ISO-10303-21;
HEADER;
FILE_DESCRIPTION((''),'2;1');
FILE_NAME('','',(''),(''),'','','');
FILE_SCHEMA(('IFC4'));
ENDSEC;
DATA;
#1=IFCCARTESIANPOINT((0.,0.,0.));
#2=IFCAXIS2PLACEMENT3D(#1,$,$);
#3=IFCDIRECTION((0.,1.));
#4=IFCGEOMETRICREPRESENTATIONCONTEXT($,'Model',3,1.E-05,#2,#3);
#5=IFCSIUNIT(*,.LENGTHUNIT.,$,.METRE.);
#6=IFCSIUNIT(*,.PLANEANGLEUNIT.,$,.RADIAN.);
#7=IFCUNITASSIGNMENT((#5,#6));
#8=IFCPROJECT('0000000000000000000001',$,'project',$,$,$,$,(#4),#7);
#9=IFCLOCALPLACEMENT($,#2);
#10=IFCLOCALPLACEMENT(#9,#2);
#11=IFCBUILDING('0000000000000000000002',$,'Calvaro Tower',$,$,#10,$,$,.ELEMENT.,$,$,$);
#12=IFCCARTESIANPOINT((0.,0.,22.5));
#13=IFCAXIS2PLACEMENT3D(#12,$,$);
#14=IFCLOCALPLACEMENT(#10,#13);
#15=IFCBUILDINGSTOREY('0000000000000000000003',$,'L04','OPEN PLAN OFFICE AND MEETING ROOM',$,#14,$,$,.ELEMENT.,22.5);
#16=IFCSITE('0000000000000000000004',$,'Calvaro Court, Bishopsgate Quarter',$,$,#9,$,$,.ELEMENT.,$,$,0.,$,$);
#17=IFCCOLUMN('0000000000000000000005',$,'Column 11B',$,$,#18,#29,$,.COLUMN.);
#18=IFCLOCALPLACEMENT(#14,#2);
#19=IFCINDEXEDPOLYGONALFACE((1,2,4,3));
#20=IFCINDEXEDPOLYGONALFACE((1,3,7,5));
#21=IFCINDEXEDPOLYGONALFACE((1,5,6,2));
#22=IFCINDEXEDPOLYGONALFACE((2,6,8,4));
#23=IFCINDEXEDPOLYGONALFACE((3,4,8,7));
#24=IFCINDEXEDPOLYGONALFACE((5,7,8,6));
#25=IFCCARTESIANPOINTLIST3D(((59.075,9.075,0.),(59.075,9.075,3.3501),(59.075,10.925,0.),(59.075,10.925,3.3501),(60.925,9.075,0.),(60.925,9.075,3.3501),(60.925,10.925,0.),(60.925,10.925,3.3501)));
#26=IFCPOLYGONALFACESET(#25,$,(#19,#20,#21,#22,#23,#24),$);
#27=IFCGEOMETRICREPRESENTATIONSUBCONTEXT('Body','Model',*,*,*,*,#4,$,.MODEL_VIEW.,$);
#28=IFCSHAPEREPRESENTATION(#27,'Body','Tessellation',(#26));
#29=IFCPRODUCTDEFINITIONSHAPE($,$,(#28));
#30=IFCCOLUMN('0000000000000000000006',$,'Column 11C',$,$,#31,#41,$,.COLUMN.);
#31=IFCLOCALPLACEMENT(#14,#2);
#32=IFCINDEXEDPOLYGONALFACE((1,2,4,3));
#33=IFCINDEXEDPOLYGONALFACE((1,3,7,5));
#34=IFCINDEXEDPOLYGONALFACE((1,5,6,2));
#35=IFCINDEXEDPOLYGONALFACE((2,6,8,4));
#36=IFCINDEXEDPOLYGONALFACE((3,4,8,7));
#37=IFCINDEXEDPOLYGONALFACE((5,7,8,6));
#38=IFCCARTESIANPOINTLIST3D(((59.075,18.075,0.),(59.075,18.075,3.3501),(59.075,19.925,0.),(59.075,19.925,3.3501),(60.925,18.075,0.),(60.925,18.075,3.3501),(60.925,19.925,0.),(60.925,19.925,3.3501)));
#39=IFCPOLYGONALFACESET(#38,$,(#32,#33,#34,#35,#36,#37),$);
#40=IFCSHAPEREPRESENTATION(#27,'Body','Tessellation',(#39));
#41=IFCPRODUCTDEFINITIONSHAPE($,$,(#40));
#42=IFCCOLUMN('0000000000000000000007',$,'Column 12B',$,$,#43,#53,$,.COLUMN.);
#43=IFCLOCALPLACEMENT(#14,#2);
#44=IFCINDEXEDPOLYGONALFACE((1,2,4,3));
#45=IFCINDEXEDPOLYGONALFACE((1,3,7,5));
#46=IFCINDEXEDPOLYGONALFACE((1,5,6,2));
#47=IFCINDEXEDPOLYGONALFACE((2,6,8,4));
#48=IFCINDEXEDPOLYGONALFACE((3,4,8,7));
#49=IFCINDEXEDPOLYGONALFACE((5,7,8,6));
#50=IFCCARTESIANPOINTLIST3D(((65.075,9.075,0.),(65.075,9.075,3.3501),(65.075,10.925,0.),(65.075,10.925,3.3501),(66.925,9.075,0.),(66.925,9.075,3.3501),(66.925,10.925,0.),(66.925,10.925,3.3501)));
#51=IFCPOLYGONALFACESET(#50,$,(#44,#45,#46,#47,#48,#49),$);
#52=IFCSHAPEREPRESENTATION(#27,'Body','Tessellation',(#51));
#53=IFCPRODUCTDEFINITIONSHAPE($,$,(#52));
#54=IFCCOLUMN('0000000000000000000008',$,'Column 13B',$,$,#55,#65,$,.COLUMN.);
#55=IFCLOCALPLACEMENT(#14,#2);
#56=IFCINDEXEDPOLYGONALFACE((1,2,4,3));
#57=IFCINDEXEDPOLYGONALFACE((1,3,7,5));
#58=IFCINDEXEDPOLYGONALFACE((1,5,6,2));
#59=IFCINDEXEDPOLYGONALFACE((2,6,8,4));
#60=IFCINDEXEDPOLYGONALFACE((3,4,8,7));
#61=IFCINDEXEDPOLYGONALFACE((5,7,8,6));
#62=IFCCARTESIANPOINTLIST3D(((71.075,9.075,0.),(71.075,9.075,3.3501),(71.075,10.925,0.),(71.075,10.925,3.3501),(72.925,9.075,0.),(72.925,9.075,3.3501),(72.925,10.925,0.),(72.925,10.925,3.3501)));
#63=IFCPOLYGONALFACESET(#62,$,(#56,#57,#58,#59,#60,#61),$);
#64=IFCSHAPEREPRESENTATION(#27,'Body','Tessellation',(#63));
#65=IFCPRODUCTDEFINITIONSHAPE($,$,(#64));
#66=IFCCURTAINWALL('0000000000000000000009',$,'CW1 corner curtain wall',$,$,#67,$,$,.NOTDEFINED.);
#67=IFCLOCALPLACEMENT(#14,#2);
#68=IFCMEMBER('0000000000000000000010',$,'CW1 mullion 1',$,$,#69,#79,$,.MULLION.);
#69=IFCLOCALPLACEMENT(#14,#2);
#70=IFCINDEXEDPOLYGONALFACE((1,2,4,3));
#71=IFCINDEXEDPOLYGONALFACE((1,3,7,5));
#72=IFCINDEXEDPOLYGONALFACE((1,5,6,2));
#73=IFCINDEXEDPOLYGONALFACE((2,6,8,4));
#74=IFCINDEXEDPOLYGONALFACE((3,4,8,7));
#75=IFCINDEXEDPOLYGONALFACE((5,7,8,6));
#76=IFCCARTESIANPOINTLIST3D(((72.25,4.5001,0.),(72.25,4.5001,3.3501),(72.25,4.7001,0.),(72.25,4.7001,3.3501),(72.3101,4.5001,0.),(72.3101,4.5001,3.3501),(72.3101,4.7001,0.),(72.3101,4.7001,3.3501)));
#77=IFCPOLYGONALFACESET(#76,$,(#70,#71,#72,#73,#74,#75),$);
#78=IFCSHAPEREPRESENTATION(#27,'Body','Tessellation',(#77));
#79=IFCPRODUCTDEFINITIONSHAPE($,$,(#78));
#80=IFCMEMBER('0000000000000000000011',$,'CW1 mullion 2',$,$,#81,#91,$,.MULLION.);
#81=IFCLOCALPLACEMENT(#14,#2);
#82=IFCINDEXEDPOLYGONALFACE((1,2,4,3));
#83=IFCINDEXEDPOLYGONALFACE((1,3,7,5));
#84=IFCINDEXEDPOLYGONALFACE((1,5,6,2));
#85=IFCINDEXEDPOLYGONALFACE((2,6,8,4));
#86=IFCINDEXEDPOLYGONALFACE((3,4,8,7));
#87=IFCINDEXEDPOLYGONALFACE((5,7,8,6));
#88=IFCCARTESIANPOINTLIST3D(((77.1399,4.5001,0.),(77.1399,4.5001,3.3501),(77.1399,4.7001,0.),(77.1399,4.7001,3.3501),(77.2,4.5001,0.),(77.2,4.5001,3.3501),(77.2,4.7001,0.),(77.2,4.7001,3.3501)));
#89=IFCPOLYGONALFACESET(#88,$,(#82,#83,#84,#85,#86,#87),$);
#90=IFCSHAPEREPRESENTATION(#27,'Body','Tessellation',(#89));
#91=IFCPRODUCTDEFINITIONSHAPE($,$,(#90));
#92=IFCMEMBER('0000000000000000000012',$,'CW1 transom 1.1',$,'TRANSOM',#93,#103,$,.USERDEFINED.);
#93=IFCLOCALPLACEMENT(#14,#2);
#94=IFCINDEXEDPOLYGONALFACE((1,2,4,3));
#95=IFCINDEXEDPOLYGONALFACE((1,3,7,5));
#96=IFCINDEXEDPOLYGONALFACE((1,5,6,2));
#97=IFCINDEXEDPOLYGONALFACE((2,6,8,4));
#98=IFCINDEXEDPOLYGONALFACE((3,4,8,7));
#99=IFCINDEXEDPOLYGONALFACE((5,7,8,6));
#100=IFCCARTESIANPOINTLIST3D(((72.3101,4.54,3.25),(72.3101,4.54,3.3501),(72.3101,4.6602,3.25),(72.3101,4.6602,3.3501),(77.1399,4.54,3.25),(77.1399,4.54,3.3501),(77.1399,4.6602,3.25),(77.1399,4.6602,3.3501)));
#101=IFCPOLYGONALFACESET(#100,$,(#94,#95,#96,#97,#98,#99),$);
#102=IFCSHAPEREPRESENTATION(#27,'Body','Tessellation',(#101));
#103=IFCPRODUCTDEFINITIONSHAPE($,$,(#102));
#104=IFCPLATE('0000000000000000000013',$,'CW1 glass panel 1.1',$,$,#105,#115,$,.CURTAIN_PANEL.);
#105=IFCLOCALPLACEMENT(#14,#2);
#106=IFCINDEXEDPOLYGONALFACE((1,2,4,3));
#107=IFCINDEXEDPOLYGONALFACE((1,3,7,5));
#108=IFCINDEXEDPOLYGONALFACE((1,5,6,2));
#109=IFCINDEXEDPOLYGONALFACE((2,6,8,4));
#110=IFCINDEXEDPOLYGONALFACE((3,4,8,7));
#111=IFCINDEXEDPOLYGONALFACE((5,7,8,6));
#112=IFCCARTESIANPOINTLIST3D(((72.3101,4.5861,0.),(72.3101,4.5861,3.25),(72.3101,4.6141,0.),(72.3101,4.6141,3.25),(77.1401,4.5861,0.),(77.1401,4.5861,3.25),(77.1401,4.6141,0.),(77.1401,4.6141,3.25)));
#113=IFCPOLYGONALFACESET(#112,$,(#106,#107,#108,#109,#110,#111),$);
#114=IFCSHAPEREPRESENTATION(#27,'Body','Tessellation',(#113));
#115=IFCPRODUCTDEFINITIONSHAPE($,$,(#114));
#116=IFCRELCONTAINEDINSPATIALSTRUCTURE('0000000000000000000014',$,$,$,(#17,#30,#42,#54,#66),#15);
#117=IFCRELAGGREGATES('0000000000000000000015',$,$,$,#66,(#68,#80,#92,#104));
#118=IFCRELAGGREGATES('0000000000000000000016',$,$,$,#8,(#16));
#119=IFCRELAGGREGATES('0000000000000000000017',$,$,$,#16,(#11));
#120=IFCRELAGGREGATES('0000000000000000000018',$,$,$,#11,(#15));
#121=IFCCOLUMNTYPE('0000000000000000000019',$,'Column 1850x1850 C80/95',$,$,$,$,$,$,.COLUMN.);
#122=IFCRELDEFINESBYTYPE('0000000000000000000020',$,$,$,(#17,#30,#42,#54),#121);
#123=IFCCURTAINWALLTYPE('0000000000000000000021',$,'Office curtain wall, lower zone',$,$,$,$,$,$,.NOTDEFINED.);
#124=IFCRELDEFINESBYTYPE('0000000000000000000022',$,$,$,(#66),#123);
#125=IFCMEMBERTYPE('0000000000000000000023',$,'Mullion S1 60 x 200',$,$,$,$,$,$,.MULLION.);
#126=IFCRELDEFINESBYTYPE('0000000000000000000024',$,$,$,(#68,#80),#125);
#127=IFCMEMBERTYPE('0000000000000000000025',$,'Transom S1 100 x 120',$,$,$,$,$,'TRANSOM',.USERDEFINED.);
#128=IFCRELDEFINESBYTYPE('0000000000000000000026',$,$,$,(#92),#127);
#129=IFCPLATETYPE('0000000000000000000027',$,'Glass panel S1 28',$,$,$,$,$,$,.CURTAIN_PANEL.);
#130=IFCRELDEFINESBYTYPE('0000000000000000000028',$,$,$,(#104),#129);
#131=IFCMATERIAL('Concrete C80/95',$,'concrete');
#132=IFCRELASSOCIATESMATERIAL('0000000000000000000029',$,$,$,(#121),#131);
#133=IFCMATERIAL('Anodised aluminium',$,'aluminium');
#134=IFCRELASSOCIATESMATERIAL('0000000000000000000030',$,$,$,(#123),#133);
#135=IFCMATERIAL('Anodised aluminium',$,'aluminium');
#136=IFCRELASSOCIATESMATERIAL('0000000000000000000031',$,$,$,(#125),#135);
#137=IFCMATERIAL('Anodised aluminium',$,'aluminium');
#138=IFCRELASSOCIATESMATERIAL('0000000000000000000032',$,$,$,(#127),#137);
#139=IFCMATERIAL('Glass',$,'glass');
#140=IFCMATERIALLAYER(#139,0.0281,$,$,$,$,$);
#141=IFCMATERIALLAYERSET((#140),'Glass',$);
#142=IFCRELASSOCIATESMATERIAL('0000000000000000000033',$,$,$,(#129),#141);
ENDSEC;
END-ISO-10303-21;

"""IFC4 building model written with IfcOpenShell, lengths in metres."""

from ifc_helpers import new_model, si_unit, direction, frame, origin, origin_2d, place, context, subcontext, project, spatial, rectangle, extrude, material, layer, layer_set, material_profile, profile_set, type_object, element, aggregate, save


model = new_model("IFC4")

# Units and contexts
model_context = context("Model", 3, precision=1e-05, world=origin(), true_north=direction((0.0, 1.0)))
body_context = subcontext(model_context, "Body", "Model", "MODEL_VIEW")
ifc_project = project(units=[si_unit("LENGTHUNIT", "METRE"), si_unit("PLANEANGLEUNIT", "RADIAN")], contexts=[model_context])

# Site, building, storey
site_placement = place(None, origin())
site = spatial("IfcSite", under=ifc_project, at=site_placement, Name="Calvaro Court, Bishopsgate Quarter", CompositionType="ELEMENT", RefElevation=0.0)
building_placement = place(site_placement, origin())
building = spatial("IfcBuilding", under=site, at=building_placement, Name="Calvaro Tower", CompositionType="ELEMENT")
storey_placement = place(building_placement, frame((0.0, 0.0, 22.5)))
storey = spatial("IfcBuildingStorey", under=building, at=storey_placement, Name="L04", Description="OPEN PLAN OFFICE AND MEETING ROOM", CompositionType="ELEMENT", Elevation=22.5)

# Columns
ifc_material_1 = material(Name="Concrete C80/95", Category="concrete")
ifc_material_profile_1 = material_profile(ifc_material_1, rectangle(XDim=1.8501, YDim=1.8501, at=origin_2d()), Name="RC 1850x1850")
ifc_profile_set_1 = profile_set([ifc_material_profile_1], Name="Concrete C80/95")
column_type = type_object("IfcColumnType", Name="Column 1850x1850 C80/95", PredefinedType="COLUMN", material=ifc_profile_set_1)
for number, where, z_axis, x_axis, name in (
    (1, (60.0, 10.0, 0.0), (0.0, 0.0, 1.0), (1.0, 0.0, 0.0), "Column 11B"),
    (2, (60.0, 19.0, 0.0), (0.0, 0.0, 1.0), (1.0, 0.0, 0.0), "Column 11C"),
    (3, (66.0, 10.0, 0.0), (0.0, 0.0, 1.0), (1.0, 0.0, 0.0), "Column 12B"),
    (4, (72.0, 10.0, 0.0), (0.0, 0.0, 1.0), (1.0, 0.0, 0.0), "Column 13B"),
):
    element("IfcColumn", number, at=place(storey_placement, frame(where, z_axis=z_axis, x_axis=x_axis)), inside=storey, type_object=column_type, Name=name, PredefinedType="COLUMN", context=body_context, shape_type="SweptSolid", body=[
        extrude(rectangle(XDim=1.8501, YDim=1.8501, at=origin_2d()), origin(), (0.0, 0.0, 1.0), 3.3501),
    ])

# Curtain wall, members, plate
ifc_material_2 = material(Name="Anodised aluminium", Category="aluminium")
curtain_wall_type = type_object("IfcCurtainWallType", Name="Office curtain wall, lower zone", PredefinedType="NOTDEFINED", material=ifc_material_2)
curtain_wall_placement = place(storey_placement, origin())
curtain_wall = element("IfcCurtainWall", 5, at=curtain_wall_placement, inside=storey, type_object=curtain_wall_type, Name="CW1 corner curtain wall", PredefinedType="NOTDEFINED")
ifc_material_3 = material(Name="Anodised aluminium", Category="aluminium")
ifc_material_profile_2 = material_profile(ifc_material_3, rectangle(XDim=0.2, YDim=0.0601, at=origin_2d()), Name="Mullion S1 60 x 200")
ifc_profile_set_2 = profile_set([ifc_material_profile_2], Name="Anodised aluminium")
member_type_1 = type_object("IfcMemberType", Name="Mullion S1 60 x 200", PredefinedType="MULLION", material=ifc_profile_set_2)
member_1_placement = place(storey_placement, frame((72.28, 4.6001, 0.0), z_axis=(0.0, 0.0, 1.0), x_axis=(0.0, 1.0, 0.0)))
member_1 = element("IfcMember", 6, at=member_1_placement, type_object=member_type_1, Name="CW1 mullion 1", PredefinedType="MULLION", context=body_context, shape_type="SweptSolid", body=[
    extrude(rectangle(XDim=0.2, YDim=0.0601, at=origin_2d()), origin(), (0.0, 0.0, 1.0), 3.3501),
])
member_2_placement = place(storey_placement, frame((77.1699, 4.6001, 0.0), z_axis=(0.0, 0.0, 1.0), x_axis=(0.0, 1.0, 0.0)))
member_2 = element("IfcMember", 7, at=member_2_placement, type_object=member_type_1, Name="CW1 mullion 2", PredefinedType="MULLION", context=body_context, shape_type="SweptSolid", body=[
    extrude(rectangle(XDim=0.2, YDim=0.0601, at=origin_2d()), origin(), (0.0, 0.0, 1.0), 3.3501),
])
ifc_material_4 = material(Name="Anodised aluminium", Category="aluminium")
ifc_material_profile_3 = material_profile(ifc_material_4, rectangle(XDim=0.1201, YDim=0.1001, at=origin_2d()), Name="Transom S1 100 x 120")
ifc_profile_set_3 = profile_set([ifc_material_profile_3], Name="Anodised aluminium")
member_type_2 = type_object("IfcMemberType", Name="Transom S1 100 x 120", ElementType="TRANSOM", PredefinedType="USERDEFINED", material=ifc_profile_set_3)
member_3_placement = place(storey_placement, frame((72.3101, 4.6001, 3.3), z_axis=(1.0, 0.0, 0.0), x_axis=(0.0, 1.0, 0.0)))
member_3 = element("IfcMember", 8, at=member_3_placement, type_object=member_type_2, Name="CW1 transom 1.1", ObjectType="TRANSOM", PredefinedType="USERDEFINED", context=body_context, shape_type="SweptSolid", body=[
    extrude(rectangle(XDim=0.1201, YDim=0.1001, at=origin_2d()), origin(), (0.0, 0.0, 1.0), 4.8298),
])
ifc_material_5 = material(Name="Glass", Category="glass")
ifc_layer_1 = layer(ifc_material_5, 0.0281)
ifc_layer_set_1 = layer_set([ifc_layer_1], Name="Glass")
plate_type = type_object("IfcPlateType", Name="Glass panel S1 28", PredefinedType="CURTAIN_PANEL", material=ifc_layer_set_1)
plate_placement = place(storey_placement, frame((74.7251, 4.6001, 0.0), z_axis=(0.0, 0.0, 1.0), x_axis=(1.0, 0.0, 0.0)))
plate = element("IfcPlate", 9, at=plate_placement, type_object=plate_type, Name="CW1 glass panel 1.1", PredefinedType="CURTAIN_PANEL", context=body_context, shape_type="SweptSolid", body=[
    extrude(rectangle(XDim=4.8301, YDim=0.0281, at=origin_2d()), origin(), (0.0, 0.0, 1.0), 3.25),
])
aggregate(curtain_wall, [member_1, member_2, member_3, plate])

save(model, "model.ifc")
